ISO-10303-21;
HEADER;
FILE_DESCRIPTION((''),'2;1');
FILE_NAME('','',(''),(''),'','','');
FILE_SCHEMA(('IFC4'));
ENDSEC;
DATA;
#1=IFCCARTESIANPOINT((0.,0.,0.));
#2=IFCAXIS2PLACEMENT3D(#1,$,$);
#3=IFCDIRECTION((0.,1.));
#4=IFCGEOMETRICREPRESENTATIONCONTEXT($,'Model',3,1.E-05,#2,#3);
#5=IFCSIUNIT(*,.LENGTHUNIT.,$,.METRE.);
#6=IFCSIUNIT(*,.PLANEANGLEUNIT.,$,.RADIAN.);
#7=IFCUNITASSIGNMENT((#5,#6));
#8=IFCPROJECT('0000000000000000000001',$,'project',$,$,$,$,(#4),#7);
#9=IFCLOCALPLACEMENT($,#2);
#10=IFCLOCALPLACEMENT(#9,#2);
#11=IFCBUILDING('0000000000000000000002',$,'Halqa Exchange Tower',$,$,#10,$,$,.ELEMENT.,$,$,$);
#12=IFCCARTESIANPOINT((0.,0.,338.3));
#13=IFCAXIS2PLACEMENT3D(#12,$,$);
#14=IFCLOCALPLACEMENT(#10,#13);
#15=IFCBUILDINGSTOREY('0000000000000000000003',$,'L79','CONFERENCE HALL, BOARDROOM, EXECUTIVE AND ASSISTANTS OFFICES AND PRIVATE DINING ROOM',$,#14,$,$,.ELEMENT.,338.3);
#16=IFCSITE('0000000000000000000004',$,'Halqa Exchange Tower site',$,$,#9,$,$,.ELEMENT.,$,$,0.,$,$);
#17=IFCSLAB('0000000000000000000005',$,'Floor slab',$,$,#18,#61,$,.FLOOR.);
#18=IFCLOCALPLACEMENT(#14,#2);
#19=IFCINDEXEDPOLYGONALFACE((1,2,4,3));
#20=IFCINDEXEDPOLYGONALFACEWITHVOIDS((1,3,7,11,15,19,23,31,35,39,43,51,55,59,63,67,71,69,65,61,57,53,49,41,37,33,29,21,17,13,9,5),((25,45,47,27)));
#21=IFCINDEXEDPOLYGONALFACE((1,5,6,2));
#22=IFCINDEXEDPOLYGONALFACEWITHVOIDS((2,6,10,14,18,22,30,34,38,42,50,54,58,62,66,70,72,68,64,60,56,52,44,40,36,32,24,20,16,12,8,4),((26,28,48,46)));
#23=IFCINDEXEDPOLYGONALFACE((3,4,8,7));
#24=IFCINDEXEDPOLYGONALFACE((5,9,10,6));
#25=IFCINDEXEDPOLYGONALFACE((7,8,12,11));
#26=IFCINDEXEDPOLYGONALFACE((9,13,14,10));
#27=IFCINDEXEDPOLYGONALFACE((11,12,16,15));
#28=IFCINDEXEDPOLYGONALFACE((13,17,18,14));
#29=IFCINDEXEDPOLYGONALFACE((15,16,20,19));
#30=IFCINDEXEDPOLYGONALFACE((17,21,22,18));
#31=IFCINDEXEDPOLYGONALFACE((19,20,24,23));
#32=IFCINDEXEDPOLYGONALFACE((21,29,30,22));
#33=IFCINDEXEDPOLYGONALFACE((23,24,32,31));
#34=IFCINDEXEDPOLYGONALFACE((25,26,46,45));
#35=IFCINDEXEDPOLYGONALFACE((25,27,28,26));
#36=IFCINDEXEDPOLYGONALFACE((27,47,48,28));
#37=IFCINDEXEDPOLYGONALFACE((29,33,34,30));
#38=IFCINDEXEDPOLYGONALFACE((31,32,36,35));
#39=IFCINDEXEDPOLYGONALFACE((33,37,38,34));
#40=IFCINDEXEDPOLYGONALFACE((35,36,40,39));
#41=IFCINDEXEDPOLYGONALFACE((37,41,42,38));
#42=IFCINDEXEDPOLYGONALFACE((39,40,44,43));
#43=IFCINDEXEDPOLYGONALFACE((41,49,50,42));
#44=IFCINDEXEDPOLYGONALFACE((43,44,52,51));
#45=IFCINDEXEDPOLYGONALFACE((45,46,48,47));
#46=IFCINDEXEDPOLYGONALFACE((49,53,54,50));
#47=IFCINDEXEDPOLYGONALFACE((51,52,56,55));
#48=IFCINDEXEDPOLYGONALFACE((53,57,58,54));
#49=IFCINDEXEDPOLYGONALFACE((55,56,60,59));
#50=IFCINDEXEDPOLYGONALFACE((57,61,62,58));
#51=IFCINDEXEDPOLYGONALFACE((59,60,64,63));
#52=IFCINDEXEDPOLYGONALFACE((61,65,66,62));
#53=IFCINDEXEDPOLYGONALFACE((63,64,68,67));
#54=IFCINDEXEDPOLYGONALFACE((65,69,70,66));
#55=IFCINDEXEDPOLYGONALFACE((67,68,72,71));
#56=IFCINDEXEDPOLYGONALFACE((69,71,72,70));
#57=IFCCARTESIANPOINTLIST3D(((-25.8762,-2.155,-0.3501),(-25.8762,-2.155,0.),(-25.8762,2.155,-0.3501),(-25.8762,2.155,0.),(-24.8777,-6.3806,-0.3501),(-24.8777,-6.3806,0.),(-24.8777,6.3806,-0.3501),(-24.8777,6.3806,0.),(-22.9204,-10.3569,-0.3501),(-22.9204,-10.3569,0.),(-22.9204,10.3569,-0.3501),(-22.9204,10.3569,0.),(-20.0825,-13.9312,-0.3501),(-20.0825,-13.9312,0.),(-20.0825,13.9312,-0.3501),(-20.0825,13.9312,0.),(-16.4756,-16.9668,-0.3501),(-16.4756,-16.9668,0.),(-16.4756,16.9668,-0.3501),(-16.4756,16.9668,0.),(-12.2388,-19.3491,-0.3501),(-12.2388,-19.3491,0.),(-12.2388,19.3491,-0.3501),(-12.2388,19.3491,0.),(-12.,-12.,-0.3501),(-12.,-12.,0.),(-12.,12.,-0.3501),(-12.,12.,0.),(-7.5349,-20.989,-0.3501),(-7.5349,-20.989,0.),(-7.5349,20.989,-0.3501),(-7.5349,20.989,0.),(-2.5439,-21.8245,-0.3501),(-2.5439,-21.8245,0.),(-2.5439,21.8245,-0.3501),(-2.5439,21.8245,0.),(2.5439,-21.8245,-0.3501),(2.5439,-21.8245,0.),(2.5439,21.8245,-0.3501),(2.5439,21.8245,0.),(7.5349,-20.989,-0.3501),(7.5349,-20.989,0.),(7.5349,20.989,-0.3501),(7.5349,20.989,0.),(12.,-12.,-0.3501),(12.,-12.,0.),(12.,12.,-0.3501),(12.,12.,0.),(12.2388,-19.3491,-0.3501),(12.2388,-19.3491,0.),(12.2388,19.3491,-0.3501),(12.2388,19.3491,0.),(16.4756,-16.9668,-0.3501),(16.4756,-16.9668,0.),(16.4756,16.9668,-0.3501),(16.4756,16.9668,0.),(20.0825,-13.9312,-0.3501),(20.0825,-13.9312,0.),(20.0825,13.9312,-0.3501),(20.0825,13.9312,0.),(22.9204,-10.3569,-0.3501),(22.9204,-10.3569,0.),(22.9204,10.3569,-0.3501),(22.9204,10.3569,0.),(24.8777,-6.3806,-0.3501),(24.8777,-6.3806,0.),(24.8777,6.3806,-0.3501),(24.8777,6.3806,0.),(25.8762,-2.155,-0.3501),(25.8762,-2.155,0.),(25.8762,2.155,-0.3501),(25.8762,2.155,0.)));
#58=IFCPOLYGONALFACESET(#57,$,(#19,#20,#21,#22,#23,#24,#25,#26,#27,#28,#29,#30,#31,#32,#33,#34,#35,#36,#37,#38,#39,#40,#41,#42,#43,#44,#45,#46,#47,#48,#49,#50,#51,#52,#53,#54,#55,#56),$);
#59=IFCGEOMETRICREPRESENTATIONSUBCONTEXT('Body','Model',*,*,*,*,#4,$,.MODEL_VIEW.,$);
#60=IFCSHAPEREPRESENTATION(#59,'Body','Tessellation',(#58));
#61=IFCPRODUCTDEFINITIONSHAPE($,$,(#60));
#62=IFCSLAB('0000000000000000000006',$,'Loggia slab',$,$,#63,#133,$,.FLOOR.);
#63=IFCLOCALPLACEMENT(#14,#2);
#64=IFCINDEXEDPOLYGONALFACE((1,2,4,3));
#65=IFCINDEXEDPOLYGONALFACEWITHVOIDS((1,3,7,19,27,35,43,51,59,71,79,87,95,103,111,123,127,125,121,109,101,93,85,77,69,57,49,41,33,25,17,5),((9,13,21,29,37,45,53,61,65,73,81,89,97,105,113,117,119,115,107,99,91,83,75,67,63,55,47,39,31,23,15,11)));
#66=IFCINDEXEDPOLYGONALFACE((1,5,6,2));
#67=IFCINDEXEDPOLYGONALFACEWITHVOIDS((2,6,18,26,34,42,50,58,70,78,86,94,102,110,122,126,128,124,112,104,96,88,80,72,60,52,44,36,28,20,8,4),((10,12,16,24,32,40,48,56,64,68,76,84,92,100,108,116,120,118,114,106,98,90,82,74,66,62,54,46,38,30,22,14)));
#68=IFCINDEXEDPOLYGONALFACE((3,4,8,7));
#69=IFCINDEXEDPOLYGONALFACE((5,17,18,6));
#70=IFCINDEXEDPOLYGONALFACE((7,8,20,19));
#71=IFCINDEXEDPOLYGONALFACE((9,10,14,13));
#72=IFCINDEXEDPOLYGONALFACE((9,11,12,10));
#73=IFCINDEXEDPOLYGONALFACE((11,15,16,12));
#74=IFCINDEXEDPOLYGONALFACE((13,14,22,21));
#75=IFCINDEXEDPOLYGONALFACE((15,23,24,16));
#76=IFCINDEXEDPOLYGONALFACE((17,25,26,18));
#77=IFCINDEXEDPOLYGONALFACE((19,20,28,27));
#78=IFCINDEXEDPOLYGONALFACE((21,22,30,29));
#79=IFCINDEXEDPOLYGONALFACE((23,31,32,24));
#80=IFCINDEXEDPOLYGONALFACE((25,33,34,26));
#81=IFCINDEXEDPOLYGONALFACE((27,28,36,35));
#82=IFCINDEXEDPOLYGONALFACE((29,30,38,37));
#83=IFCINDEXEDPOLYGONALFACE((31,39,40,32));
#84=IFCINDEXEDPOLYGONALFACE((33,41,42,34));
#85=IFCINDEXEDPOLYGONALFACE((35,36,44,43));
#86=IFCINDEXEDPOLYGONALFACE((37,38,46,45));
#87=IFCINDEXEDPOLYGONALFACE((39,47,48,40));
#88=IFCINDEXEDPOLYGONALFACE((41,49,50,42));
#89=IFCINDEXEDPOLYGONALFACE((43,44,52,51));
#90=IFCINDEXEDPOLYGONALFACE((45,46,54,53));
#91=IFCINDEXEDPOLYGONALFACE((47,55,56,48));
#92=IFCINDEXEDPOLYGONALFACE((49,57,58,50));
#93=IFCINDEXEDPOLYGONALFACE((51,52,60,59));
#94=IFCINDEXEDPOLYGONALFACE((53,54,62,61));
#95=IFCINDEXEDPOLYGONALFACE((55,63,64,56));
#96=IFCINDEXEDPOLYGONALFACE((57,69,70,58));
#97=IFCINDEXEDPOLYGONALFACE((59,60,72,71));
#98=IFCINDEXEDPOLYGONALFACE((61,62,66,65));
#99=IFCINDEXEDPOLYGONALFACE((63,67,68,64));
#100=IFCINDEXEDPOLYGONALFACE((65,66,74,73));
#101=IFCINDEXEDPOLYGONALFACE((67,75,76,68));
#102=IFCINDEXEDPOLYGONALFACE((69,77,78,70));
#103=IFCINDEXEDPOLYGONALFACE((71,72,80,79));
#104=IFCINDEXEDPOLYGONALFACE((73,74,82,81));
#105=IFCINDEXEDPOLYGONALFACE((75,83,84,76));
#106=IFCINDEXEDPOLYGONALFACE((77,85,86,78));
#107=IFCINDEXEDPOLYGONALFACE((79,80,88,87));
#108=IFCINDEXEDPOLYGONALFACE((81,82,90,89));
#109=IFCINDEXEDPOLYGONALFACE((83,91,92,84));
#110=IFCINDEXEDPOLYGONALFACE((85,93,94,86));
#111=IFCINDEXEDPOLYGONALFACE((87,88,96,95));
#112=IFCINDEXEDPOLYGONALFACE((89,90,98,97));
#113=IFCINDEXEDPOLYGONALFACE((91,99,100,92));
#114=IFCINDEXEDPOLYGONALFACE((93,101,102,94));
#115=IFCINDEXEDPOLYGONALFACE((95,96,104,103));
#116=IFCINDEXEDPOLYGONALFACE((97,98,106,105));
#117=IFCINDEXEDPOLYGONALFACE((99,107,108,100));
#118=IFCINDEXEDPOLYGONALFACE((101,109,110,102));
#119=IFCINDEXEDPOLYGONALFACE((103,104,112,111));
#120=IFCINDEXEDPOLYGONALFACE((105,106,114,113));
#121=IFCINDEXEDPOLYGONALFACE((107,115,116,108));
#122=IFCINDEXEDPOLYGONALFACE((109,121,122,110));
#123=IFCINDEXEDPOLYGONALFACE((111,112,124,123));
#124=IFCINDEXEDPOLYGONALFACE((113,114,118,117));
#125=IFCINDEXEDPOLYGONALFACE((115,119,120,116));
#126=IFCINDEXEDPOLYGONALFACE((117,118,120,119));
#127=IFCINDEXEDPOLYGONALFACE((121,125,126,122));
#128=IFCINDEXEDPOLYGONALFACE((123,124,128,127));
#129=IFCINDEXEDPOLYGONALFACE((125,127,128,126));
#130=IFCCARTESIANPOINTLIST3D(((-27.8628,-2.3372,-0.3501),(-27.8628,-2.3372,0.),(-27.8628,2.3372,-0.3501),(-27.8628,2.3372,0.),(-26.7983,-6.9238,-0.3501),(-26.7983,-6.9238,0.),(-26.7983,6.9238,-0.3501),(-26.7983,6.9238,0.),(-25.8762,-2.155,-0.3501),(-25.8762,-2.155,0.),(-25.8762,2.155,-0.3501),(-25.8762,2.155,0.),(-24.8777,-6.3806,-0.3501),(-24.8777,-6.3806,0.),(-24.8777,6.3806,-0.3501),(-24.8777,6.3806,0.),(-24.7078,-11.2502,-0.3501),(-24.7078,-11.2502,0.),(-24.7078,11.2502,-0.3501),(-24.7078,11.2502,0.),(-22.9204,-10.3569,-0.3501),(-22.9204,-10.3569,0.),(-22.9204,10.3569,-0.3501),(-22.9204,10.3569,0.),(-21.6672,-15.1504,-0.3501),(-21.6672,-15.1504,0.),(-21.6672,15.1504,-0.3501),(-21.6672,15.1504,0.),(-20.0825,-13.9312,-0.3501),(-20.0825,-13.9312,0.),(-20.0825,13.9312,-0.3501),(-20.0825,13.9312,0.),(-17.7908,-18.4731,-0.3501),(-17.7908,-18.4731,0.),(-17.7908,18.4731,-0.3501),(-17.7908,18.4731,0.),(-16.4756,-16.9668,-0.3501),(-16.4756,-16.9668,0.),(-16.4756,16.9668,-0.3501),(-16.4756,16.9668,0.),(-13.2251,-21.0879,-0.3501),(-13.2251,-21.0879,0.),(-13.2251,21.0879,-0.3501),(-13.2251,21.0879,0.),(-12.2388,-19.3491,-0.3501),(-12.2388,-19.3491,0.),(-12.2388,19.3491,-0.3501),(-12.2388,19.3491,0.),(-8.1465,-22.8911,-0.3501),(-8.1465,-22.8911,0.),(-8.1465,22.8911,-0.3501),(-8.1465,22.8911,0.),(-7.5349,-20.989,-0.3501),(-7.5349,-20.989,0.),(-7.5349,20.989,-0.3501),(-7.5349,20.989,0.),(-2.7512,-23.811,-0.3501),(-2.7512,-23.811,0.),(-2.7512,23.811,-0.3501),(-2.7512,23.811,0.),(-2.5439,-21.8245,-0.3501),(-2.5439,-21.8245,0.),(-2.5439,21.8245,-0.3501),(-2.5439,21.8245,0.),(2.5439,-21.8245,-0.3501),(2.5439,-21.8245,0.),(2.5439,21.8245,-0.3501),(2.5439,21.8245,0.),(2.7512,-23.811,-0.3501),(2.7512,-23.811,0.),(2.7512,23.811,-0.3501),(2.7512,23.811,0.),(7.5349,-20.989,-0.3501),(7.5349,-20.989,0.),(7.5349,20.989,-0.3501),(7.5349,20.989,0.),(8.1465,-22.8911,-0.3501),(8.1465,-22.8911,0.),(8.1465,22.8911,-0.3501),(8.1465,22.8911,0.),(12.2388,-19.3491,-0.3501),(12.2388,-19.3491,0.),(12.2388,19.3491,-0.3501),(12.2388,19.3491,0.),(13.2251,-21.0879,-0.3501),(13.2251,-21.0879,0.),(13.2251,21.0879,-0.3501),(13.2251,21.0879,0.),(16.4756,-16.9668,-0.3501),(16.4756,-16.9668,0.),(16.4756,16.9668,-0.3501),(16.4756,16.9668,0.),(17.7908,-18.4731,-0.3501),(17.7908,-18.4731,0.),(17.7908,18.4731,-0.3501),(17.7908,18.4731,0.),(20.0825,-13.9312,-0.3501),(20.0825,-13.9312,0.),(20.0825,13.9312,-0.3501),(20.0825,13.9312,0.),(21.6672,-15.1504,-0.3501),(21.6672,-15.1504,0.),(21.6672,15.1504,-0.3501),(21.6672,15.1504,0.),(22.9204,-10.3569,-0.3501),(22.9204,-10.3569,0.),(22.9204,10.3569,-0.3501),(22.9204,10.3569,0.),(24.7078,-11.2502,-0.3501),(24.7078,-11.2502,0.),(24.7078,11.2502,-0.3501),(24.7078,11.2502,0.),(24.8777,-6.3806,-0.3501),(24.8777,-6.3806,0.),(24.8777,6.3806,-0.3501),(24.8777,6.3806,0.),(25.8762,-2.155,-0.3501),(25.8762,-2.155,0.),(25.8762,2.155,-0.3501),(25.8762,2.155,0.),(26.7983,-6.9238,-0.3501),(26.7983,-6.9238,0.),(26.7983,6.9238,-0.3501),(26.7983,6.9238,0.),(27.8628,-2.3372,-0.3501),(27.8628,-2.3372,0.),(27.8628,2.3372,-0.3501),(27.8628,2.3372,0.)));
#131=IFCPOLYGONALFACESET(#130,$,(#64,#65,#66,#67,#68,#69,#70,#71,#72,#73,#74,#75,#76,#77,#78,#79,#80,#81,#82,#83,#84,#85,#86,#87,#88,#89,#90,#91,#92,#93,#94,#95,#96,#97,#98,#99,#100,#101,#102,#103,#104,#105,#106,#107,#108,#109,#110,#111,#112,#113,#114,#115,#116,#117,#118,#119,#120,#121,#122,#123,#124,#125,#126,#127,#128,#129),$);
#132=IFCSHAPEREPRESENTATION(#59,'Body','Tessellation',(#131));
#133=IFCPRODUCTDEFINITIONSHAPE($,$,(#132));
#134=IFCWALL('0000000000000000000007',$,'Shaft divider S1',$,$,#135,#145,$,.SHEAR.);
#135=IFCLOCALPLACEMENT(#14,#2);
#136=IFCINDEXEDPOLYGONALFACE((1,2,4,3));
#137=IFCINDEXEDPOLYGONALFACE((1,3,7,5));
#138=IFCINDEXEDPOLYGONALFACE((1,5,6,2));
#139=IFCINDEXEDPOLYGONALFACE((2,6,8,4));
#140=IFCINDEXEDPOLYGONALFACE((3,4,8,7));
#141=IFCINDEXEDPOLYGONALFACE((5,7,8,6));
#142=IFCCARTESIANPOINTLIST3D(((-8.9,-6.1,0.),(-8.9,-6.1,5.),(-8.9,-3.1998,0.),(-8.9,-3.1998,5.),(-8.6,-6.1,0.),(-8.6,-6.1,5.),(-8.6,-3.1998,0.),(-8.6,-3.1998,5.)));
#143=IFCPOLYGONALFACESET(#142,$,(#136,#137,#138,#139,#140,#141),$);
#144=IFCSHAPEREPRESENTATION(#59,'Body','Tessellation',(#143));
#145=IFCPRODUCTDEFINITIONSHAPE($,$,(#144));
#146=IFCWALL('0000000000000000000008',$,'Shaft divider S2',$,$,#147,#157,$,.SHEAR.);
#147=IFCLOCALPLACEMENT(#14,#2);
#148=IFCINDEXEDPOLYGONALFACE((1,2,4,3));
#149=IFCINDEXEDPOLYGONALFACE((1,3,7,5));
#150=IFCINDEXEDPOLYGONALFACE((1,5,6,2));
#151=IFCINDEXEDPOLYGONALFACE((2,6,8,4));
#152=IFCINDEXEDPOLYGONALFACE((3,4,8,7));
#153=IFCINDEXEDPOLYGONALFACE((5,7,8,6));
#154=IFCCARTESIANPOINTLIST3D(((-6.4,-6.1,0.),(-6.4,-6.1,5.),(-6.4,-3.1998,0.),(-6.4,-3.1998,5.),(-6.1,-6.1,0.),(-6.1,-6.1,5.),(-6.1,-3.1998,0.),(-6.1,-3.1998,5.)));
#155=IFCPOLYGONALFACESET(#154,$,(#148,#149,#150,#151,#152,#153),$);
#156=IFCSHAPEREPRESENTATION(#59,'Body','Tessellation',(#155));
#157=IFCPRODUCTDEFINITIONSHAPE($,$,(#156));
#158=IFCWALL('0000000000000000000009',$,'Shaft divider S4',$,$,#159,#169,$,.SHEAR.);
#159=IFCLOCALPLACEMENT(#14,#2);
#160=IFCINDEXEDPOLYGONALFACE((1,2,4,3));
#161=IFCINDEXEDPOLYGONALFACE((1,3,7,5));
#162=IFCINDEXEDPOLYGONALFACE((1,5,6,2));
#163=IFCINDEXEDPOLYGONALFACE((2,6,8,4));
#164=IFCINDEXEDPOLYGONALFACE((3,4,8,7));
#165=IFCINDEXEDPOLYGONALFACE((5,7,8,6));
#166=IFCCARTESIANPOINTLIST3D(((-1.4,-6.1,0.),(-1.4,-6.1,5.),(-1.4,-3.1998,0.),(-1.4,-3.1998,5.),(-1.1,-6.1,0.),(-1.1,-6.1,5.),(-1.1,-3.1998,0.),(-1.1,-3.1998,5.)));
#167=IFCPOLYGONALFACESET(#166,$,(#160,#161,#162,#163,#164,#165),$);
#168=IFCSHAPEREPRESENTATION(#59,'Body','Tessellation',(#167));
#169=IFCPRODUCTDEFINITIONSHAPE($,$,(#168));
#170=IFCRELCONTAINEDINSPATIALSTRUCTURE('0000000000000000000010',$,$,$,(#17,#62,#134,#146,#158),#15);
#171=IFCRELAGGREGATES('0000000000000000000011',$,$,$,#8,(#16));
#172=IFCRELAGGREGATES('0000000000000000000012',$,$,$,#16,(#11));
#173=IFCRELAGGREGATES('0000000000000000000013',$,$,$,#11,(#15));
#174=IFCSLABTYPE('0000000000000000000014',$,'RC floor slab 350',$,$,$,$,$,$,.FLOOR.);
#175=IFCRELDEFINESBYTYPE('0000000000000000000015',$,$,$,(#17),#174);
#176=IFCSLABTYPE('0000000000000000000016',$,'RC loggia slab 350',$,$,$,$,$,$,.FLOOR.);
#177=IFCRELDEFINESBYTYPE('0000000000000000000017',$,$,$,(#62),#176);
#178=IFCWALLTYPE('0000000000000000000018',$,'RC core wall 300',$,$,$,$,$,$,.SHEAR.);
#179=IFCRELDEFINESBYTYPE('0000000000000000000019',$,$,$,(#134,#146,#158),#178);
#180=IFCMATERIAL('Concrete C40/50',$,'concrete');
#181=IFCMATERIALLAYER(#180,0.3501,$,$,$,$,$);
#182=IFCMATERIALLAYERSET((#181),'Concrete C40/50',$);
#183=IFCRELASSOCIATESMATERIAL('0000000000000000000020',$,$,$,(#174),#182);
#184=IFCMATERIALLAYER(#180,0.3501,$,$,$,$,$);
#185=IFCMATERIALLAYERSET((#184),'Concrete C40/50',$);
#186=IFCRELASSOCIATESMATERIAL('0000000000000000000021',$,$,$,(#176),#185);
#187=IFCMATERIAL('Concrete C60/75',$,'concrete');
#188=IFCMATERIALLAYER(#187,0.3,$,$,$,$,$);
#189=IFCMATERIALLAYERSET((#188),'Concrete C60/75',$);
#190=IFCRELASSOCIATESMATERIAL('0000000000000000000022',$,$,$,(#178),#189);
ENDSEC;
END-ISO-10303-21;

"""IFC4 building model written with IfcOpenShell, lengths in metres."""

from ifc_helpers import new_model, si_unit, direction, frame, frame_2d, origin, place, context, subcontext, project, spatial, polyline, rectangle, outline, extrude, material, layer, layer_set, type_object, element, save


model = new_model("IFC4")

# Units and contexts
model_context = context("Model", 3, precision=1e-05, world=origin(), true_north=direction((0.0, 1.0)))
body_context = subcontext(model_context, "Body", "Model", "MODEL_VIEW")
ifc_project = project(units=[si_unit("LENGTHUNIT", "METRE"), si_unit("PLANEANGLEUNIT", "RADIAN")], contexts=[model_context])

# Site, building, storey
site_placement = place(None, origin())
site = spatial("IfcSite", under=ifc_project, at=site_placement, Name="Halqa Exchange Tower site", CompositionType="ELEMENT", RefElevation=0.0)
building_placement = place(site_placement, origin())
building = spatial("IfcBuilding", under=site, at=building_placement, Name="Halqa Exchange Tower", CompositionType="ELEMENT")
storey_placement = place(building_placement, frame((0.0, 0.0, 338.3)))
storey = spatial("IfcBuildingStorey", under=building, at=storey_placement, Name="L79", Description="CONFERENCE HALL, BOARDROOM, EXECUTIVE AND ASSISTANTS OFFICES AND PRIVATE DINING ROOM", CompositionType="ELEMENT", Elevation=338.3)

# Slabs
ifc_material_1 = material(Name="Concrete C40/50", Category="concrete")
ifc_layer_1 = layer(ifc_material_1, 0.3501)
ifc_layer_set_1 = layer_set([ifc_layer_1], Name="Concrete C40/50")
slab_type_1 = type_object("IfcSlabType", Name="RC floor slab 350", PredefinedType="FLOOR", material=ifc_layer_set_1)
slab_1_placement = place(storey_placement, frame((0.0, 0.0, -0.3501)))
element("IfcSlab", 1, at=slab_1_placement, inside=storey, type_object=slab_type_1, Name="Floor slab", PredefinedType="FLOOR", context=body_context, shape_type="SweptSolid", body=[
    extrude(outline(polyline([(25.8762, 2.155), (24.8777, 6.3806), (22.9204, 10.3569), (20.0825, 13.9312), (16.4756, 16.9668), (12.2388, 19.3491), (7.5349, 20.989), (2.5439, 21.8245), (-2.5439, 21.8245), (-7.5349, 20.989), (-12.2388, 19.3491), (-16.4756, 16.9668), (-20.0825, 13.9312), (-22.9204, 10.3569), (-24.8777, 6.3806), (-25.8762, 2.155), (-25.8762, -2.155), (-24.8777, -6.3806), (-22.9204, -10.3569), (-20.0825, -13.9312), (-16.4756, -16.9668), (-12.2388, -19.3491), (-7.5349, -20.989), (-2.5439, -21.8245), (2.5439, -21.8245), (7.5349, -20.989), (12.2388, -19.3491), (16.4756, -16.9668), (20.0825, -13.9312), (22.9204, -10.3569), (24.8777, -6.3806), (25.8762, -2.155), (25.8762, 2.155)]), holes=[polyline([(-12.0, -12.0), (12.0, -12.0), (12.0, 12.0), (-12.0, 12.0), (-12.0, -12.0)])]), origin(), (0.0, 0.0, 1.0), 0.3501),
])
ifc_layer_2 = layer(ifc_material_1, 0.3501)
ifc_layer_set_2 = layer_set([ifc_layer_2], Name="Concrete C40/50")
slab_type_2 = type_object("IfcSlabType", Name="RC loggia slab 350", PredefinedType="FLOOR", material=ifc_layer_set_2)
slab_2_placement = place(storey_placement, frame((0.0, 0.0, -0.3501)))
element("IfcSlab", 2, at=slab_2_placement, inside=storey, type_object=slab_type_2, Name="Loggia slab", PredefinedType="FLOOR", context=body_context, shape_type="SweptSolid", body=[
    extrude(outline(polyline([(27.8628, 2.3372), (27.8628, -2.3372), (26.7983, -6.9238), (24.7078, -11.2502), (21.6672, -15.1504), (17.7908, -18.4731), (13.2251, -21.0879), (8.1465, -22.8911), (2.7512, -23.811), (-2.7512, -23.811), (-8.1465, -22.8911), (-13.2251, -21.0879), (-17.7908, -18.4731), (-21.6672, -15.1504), (-24.7078, -11.2502), (-26.7983, -6.9238), (-27.8628, -2.3372), (-27.8628, 2.3372), (-26.7983, 6.9238), (-24.7078, 11.2502), (-21.6672, 15.1504), (-17.7908, 18.4731), (-13.2251, 21.0879), (-8.1465, 22.8911), (-2.7512, 23.811), (2.7512, 23.811), (8.1465, 22.8911), (13.2251, 21.0879), (17.7908, 18.4731), (21.6672, 15.1504), (24.7078, 11.2502), (26.7983, 6.9238), (27.8628, 2.3372)]), holes=[polyline([(25.8762, 2.155), (24.8777, 6.3806), (22.9204, 10.3569), (20.0825, 13.9312), (16.4756, 16.9668), (12.2388, 19.3491), (7.5349, 20.989), (2.5439, 21.8245), (-2.5439, 21.8245), (-7.5349, 20.989), (-12.2388, 19.3491), (-16.4756, 16.9668), (-20.0825, 13.9312), (-22.9204, 10.3569), (-24.8777, 6.3806), (-25.8762, 2.155), (-25.8762, -2.155), (-24.8777, -6.3806), (-22.9204, -10.3569), (-20.0825, -13.9312), (-16.4756, -16.9668), (-12.2388, -19.3491), (-7.5349, -20.989), (-2.5439, -21.8245), (2.5439, -21.8245), (7.5349, -20.989), (12.2388, -19.3491), (16.4756, -16.9668), (20.0825, -13.9312), (22.9204, -10.3569), (24.8777, -6.3806), (25.8762, -2.155), (25.8762, 2.155)])]), origin(), (0.0, 0.0, 1.0), 0.3501),
])

# Walls
ifc_material_2 = material(Name="Concrete C60/75", Category="concrete")
ifc_layer_3 = layer(ifc_material_2, 0.3)
ifc_layer_set_3 = layer_set([ifc_layer_3], Name="Concrete C60/75")
wall_type_1 = type_object("IfcWallType", Name="RC core wall 300", PredefinedType="SHEAR", material=ifc_layer_set_3)
for number, where, z_axis, x_axis, name in (
    (3, (-8.75, -6.1001, 0.0), (0.0, 0.0, 1.0), (0.0, 1.0, 0.0), "Shaft divider S1"),
    (4, (-6.25, -6.1001, 0.0), (0.0, 0.0, 1.0), (0.0, 1.0, 0.0), "Shaft divider S2"),
    (5, (-1.25, -6.1001, 0.0), (0.0, 0.0, 1.0), (0.0, 1.0, 0.0), "Shaft divider S4"),
):
    element("IfcWall", number, at=place(storey_placement, frame(where, z_axis=z_axis, x_axis=x_axis)), inside=storey, type_object=wall_type_1, Name=name, PredefinedType="SHEAR", context=body_context, shape_type="SweptSolid", body=[
        extrude(rectangle(XDim=2.9001, YDim=0.3, at=frame_2d((1.4502, 0.0))), origin(), (0.0, 0.0, 1.0), 5.0),
    ])

save(model, "model.ifc")
